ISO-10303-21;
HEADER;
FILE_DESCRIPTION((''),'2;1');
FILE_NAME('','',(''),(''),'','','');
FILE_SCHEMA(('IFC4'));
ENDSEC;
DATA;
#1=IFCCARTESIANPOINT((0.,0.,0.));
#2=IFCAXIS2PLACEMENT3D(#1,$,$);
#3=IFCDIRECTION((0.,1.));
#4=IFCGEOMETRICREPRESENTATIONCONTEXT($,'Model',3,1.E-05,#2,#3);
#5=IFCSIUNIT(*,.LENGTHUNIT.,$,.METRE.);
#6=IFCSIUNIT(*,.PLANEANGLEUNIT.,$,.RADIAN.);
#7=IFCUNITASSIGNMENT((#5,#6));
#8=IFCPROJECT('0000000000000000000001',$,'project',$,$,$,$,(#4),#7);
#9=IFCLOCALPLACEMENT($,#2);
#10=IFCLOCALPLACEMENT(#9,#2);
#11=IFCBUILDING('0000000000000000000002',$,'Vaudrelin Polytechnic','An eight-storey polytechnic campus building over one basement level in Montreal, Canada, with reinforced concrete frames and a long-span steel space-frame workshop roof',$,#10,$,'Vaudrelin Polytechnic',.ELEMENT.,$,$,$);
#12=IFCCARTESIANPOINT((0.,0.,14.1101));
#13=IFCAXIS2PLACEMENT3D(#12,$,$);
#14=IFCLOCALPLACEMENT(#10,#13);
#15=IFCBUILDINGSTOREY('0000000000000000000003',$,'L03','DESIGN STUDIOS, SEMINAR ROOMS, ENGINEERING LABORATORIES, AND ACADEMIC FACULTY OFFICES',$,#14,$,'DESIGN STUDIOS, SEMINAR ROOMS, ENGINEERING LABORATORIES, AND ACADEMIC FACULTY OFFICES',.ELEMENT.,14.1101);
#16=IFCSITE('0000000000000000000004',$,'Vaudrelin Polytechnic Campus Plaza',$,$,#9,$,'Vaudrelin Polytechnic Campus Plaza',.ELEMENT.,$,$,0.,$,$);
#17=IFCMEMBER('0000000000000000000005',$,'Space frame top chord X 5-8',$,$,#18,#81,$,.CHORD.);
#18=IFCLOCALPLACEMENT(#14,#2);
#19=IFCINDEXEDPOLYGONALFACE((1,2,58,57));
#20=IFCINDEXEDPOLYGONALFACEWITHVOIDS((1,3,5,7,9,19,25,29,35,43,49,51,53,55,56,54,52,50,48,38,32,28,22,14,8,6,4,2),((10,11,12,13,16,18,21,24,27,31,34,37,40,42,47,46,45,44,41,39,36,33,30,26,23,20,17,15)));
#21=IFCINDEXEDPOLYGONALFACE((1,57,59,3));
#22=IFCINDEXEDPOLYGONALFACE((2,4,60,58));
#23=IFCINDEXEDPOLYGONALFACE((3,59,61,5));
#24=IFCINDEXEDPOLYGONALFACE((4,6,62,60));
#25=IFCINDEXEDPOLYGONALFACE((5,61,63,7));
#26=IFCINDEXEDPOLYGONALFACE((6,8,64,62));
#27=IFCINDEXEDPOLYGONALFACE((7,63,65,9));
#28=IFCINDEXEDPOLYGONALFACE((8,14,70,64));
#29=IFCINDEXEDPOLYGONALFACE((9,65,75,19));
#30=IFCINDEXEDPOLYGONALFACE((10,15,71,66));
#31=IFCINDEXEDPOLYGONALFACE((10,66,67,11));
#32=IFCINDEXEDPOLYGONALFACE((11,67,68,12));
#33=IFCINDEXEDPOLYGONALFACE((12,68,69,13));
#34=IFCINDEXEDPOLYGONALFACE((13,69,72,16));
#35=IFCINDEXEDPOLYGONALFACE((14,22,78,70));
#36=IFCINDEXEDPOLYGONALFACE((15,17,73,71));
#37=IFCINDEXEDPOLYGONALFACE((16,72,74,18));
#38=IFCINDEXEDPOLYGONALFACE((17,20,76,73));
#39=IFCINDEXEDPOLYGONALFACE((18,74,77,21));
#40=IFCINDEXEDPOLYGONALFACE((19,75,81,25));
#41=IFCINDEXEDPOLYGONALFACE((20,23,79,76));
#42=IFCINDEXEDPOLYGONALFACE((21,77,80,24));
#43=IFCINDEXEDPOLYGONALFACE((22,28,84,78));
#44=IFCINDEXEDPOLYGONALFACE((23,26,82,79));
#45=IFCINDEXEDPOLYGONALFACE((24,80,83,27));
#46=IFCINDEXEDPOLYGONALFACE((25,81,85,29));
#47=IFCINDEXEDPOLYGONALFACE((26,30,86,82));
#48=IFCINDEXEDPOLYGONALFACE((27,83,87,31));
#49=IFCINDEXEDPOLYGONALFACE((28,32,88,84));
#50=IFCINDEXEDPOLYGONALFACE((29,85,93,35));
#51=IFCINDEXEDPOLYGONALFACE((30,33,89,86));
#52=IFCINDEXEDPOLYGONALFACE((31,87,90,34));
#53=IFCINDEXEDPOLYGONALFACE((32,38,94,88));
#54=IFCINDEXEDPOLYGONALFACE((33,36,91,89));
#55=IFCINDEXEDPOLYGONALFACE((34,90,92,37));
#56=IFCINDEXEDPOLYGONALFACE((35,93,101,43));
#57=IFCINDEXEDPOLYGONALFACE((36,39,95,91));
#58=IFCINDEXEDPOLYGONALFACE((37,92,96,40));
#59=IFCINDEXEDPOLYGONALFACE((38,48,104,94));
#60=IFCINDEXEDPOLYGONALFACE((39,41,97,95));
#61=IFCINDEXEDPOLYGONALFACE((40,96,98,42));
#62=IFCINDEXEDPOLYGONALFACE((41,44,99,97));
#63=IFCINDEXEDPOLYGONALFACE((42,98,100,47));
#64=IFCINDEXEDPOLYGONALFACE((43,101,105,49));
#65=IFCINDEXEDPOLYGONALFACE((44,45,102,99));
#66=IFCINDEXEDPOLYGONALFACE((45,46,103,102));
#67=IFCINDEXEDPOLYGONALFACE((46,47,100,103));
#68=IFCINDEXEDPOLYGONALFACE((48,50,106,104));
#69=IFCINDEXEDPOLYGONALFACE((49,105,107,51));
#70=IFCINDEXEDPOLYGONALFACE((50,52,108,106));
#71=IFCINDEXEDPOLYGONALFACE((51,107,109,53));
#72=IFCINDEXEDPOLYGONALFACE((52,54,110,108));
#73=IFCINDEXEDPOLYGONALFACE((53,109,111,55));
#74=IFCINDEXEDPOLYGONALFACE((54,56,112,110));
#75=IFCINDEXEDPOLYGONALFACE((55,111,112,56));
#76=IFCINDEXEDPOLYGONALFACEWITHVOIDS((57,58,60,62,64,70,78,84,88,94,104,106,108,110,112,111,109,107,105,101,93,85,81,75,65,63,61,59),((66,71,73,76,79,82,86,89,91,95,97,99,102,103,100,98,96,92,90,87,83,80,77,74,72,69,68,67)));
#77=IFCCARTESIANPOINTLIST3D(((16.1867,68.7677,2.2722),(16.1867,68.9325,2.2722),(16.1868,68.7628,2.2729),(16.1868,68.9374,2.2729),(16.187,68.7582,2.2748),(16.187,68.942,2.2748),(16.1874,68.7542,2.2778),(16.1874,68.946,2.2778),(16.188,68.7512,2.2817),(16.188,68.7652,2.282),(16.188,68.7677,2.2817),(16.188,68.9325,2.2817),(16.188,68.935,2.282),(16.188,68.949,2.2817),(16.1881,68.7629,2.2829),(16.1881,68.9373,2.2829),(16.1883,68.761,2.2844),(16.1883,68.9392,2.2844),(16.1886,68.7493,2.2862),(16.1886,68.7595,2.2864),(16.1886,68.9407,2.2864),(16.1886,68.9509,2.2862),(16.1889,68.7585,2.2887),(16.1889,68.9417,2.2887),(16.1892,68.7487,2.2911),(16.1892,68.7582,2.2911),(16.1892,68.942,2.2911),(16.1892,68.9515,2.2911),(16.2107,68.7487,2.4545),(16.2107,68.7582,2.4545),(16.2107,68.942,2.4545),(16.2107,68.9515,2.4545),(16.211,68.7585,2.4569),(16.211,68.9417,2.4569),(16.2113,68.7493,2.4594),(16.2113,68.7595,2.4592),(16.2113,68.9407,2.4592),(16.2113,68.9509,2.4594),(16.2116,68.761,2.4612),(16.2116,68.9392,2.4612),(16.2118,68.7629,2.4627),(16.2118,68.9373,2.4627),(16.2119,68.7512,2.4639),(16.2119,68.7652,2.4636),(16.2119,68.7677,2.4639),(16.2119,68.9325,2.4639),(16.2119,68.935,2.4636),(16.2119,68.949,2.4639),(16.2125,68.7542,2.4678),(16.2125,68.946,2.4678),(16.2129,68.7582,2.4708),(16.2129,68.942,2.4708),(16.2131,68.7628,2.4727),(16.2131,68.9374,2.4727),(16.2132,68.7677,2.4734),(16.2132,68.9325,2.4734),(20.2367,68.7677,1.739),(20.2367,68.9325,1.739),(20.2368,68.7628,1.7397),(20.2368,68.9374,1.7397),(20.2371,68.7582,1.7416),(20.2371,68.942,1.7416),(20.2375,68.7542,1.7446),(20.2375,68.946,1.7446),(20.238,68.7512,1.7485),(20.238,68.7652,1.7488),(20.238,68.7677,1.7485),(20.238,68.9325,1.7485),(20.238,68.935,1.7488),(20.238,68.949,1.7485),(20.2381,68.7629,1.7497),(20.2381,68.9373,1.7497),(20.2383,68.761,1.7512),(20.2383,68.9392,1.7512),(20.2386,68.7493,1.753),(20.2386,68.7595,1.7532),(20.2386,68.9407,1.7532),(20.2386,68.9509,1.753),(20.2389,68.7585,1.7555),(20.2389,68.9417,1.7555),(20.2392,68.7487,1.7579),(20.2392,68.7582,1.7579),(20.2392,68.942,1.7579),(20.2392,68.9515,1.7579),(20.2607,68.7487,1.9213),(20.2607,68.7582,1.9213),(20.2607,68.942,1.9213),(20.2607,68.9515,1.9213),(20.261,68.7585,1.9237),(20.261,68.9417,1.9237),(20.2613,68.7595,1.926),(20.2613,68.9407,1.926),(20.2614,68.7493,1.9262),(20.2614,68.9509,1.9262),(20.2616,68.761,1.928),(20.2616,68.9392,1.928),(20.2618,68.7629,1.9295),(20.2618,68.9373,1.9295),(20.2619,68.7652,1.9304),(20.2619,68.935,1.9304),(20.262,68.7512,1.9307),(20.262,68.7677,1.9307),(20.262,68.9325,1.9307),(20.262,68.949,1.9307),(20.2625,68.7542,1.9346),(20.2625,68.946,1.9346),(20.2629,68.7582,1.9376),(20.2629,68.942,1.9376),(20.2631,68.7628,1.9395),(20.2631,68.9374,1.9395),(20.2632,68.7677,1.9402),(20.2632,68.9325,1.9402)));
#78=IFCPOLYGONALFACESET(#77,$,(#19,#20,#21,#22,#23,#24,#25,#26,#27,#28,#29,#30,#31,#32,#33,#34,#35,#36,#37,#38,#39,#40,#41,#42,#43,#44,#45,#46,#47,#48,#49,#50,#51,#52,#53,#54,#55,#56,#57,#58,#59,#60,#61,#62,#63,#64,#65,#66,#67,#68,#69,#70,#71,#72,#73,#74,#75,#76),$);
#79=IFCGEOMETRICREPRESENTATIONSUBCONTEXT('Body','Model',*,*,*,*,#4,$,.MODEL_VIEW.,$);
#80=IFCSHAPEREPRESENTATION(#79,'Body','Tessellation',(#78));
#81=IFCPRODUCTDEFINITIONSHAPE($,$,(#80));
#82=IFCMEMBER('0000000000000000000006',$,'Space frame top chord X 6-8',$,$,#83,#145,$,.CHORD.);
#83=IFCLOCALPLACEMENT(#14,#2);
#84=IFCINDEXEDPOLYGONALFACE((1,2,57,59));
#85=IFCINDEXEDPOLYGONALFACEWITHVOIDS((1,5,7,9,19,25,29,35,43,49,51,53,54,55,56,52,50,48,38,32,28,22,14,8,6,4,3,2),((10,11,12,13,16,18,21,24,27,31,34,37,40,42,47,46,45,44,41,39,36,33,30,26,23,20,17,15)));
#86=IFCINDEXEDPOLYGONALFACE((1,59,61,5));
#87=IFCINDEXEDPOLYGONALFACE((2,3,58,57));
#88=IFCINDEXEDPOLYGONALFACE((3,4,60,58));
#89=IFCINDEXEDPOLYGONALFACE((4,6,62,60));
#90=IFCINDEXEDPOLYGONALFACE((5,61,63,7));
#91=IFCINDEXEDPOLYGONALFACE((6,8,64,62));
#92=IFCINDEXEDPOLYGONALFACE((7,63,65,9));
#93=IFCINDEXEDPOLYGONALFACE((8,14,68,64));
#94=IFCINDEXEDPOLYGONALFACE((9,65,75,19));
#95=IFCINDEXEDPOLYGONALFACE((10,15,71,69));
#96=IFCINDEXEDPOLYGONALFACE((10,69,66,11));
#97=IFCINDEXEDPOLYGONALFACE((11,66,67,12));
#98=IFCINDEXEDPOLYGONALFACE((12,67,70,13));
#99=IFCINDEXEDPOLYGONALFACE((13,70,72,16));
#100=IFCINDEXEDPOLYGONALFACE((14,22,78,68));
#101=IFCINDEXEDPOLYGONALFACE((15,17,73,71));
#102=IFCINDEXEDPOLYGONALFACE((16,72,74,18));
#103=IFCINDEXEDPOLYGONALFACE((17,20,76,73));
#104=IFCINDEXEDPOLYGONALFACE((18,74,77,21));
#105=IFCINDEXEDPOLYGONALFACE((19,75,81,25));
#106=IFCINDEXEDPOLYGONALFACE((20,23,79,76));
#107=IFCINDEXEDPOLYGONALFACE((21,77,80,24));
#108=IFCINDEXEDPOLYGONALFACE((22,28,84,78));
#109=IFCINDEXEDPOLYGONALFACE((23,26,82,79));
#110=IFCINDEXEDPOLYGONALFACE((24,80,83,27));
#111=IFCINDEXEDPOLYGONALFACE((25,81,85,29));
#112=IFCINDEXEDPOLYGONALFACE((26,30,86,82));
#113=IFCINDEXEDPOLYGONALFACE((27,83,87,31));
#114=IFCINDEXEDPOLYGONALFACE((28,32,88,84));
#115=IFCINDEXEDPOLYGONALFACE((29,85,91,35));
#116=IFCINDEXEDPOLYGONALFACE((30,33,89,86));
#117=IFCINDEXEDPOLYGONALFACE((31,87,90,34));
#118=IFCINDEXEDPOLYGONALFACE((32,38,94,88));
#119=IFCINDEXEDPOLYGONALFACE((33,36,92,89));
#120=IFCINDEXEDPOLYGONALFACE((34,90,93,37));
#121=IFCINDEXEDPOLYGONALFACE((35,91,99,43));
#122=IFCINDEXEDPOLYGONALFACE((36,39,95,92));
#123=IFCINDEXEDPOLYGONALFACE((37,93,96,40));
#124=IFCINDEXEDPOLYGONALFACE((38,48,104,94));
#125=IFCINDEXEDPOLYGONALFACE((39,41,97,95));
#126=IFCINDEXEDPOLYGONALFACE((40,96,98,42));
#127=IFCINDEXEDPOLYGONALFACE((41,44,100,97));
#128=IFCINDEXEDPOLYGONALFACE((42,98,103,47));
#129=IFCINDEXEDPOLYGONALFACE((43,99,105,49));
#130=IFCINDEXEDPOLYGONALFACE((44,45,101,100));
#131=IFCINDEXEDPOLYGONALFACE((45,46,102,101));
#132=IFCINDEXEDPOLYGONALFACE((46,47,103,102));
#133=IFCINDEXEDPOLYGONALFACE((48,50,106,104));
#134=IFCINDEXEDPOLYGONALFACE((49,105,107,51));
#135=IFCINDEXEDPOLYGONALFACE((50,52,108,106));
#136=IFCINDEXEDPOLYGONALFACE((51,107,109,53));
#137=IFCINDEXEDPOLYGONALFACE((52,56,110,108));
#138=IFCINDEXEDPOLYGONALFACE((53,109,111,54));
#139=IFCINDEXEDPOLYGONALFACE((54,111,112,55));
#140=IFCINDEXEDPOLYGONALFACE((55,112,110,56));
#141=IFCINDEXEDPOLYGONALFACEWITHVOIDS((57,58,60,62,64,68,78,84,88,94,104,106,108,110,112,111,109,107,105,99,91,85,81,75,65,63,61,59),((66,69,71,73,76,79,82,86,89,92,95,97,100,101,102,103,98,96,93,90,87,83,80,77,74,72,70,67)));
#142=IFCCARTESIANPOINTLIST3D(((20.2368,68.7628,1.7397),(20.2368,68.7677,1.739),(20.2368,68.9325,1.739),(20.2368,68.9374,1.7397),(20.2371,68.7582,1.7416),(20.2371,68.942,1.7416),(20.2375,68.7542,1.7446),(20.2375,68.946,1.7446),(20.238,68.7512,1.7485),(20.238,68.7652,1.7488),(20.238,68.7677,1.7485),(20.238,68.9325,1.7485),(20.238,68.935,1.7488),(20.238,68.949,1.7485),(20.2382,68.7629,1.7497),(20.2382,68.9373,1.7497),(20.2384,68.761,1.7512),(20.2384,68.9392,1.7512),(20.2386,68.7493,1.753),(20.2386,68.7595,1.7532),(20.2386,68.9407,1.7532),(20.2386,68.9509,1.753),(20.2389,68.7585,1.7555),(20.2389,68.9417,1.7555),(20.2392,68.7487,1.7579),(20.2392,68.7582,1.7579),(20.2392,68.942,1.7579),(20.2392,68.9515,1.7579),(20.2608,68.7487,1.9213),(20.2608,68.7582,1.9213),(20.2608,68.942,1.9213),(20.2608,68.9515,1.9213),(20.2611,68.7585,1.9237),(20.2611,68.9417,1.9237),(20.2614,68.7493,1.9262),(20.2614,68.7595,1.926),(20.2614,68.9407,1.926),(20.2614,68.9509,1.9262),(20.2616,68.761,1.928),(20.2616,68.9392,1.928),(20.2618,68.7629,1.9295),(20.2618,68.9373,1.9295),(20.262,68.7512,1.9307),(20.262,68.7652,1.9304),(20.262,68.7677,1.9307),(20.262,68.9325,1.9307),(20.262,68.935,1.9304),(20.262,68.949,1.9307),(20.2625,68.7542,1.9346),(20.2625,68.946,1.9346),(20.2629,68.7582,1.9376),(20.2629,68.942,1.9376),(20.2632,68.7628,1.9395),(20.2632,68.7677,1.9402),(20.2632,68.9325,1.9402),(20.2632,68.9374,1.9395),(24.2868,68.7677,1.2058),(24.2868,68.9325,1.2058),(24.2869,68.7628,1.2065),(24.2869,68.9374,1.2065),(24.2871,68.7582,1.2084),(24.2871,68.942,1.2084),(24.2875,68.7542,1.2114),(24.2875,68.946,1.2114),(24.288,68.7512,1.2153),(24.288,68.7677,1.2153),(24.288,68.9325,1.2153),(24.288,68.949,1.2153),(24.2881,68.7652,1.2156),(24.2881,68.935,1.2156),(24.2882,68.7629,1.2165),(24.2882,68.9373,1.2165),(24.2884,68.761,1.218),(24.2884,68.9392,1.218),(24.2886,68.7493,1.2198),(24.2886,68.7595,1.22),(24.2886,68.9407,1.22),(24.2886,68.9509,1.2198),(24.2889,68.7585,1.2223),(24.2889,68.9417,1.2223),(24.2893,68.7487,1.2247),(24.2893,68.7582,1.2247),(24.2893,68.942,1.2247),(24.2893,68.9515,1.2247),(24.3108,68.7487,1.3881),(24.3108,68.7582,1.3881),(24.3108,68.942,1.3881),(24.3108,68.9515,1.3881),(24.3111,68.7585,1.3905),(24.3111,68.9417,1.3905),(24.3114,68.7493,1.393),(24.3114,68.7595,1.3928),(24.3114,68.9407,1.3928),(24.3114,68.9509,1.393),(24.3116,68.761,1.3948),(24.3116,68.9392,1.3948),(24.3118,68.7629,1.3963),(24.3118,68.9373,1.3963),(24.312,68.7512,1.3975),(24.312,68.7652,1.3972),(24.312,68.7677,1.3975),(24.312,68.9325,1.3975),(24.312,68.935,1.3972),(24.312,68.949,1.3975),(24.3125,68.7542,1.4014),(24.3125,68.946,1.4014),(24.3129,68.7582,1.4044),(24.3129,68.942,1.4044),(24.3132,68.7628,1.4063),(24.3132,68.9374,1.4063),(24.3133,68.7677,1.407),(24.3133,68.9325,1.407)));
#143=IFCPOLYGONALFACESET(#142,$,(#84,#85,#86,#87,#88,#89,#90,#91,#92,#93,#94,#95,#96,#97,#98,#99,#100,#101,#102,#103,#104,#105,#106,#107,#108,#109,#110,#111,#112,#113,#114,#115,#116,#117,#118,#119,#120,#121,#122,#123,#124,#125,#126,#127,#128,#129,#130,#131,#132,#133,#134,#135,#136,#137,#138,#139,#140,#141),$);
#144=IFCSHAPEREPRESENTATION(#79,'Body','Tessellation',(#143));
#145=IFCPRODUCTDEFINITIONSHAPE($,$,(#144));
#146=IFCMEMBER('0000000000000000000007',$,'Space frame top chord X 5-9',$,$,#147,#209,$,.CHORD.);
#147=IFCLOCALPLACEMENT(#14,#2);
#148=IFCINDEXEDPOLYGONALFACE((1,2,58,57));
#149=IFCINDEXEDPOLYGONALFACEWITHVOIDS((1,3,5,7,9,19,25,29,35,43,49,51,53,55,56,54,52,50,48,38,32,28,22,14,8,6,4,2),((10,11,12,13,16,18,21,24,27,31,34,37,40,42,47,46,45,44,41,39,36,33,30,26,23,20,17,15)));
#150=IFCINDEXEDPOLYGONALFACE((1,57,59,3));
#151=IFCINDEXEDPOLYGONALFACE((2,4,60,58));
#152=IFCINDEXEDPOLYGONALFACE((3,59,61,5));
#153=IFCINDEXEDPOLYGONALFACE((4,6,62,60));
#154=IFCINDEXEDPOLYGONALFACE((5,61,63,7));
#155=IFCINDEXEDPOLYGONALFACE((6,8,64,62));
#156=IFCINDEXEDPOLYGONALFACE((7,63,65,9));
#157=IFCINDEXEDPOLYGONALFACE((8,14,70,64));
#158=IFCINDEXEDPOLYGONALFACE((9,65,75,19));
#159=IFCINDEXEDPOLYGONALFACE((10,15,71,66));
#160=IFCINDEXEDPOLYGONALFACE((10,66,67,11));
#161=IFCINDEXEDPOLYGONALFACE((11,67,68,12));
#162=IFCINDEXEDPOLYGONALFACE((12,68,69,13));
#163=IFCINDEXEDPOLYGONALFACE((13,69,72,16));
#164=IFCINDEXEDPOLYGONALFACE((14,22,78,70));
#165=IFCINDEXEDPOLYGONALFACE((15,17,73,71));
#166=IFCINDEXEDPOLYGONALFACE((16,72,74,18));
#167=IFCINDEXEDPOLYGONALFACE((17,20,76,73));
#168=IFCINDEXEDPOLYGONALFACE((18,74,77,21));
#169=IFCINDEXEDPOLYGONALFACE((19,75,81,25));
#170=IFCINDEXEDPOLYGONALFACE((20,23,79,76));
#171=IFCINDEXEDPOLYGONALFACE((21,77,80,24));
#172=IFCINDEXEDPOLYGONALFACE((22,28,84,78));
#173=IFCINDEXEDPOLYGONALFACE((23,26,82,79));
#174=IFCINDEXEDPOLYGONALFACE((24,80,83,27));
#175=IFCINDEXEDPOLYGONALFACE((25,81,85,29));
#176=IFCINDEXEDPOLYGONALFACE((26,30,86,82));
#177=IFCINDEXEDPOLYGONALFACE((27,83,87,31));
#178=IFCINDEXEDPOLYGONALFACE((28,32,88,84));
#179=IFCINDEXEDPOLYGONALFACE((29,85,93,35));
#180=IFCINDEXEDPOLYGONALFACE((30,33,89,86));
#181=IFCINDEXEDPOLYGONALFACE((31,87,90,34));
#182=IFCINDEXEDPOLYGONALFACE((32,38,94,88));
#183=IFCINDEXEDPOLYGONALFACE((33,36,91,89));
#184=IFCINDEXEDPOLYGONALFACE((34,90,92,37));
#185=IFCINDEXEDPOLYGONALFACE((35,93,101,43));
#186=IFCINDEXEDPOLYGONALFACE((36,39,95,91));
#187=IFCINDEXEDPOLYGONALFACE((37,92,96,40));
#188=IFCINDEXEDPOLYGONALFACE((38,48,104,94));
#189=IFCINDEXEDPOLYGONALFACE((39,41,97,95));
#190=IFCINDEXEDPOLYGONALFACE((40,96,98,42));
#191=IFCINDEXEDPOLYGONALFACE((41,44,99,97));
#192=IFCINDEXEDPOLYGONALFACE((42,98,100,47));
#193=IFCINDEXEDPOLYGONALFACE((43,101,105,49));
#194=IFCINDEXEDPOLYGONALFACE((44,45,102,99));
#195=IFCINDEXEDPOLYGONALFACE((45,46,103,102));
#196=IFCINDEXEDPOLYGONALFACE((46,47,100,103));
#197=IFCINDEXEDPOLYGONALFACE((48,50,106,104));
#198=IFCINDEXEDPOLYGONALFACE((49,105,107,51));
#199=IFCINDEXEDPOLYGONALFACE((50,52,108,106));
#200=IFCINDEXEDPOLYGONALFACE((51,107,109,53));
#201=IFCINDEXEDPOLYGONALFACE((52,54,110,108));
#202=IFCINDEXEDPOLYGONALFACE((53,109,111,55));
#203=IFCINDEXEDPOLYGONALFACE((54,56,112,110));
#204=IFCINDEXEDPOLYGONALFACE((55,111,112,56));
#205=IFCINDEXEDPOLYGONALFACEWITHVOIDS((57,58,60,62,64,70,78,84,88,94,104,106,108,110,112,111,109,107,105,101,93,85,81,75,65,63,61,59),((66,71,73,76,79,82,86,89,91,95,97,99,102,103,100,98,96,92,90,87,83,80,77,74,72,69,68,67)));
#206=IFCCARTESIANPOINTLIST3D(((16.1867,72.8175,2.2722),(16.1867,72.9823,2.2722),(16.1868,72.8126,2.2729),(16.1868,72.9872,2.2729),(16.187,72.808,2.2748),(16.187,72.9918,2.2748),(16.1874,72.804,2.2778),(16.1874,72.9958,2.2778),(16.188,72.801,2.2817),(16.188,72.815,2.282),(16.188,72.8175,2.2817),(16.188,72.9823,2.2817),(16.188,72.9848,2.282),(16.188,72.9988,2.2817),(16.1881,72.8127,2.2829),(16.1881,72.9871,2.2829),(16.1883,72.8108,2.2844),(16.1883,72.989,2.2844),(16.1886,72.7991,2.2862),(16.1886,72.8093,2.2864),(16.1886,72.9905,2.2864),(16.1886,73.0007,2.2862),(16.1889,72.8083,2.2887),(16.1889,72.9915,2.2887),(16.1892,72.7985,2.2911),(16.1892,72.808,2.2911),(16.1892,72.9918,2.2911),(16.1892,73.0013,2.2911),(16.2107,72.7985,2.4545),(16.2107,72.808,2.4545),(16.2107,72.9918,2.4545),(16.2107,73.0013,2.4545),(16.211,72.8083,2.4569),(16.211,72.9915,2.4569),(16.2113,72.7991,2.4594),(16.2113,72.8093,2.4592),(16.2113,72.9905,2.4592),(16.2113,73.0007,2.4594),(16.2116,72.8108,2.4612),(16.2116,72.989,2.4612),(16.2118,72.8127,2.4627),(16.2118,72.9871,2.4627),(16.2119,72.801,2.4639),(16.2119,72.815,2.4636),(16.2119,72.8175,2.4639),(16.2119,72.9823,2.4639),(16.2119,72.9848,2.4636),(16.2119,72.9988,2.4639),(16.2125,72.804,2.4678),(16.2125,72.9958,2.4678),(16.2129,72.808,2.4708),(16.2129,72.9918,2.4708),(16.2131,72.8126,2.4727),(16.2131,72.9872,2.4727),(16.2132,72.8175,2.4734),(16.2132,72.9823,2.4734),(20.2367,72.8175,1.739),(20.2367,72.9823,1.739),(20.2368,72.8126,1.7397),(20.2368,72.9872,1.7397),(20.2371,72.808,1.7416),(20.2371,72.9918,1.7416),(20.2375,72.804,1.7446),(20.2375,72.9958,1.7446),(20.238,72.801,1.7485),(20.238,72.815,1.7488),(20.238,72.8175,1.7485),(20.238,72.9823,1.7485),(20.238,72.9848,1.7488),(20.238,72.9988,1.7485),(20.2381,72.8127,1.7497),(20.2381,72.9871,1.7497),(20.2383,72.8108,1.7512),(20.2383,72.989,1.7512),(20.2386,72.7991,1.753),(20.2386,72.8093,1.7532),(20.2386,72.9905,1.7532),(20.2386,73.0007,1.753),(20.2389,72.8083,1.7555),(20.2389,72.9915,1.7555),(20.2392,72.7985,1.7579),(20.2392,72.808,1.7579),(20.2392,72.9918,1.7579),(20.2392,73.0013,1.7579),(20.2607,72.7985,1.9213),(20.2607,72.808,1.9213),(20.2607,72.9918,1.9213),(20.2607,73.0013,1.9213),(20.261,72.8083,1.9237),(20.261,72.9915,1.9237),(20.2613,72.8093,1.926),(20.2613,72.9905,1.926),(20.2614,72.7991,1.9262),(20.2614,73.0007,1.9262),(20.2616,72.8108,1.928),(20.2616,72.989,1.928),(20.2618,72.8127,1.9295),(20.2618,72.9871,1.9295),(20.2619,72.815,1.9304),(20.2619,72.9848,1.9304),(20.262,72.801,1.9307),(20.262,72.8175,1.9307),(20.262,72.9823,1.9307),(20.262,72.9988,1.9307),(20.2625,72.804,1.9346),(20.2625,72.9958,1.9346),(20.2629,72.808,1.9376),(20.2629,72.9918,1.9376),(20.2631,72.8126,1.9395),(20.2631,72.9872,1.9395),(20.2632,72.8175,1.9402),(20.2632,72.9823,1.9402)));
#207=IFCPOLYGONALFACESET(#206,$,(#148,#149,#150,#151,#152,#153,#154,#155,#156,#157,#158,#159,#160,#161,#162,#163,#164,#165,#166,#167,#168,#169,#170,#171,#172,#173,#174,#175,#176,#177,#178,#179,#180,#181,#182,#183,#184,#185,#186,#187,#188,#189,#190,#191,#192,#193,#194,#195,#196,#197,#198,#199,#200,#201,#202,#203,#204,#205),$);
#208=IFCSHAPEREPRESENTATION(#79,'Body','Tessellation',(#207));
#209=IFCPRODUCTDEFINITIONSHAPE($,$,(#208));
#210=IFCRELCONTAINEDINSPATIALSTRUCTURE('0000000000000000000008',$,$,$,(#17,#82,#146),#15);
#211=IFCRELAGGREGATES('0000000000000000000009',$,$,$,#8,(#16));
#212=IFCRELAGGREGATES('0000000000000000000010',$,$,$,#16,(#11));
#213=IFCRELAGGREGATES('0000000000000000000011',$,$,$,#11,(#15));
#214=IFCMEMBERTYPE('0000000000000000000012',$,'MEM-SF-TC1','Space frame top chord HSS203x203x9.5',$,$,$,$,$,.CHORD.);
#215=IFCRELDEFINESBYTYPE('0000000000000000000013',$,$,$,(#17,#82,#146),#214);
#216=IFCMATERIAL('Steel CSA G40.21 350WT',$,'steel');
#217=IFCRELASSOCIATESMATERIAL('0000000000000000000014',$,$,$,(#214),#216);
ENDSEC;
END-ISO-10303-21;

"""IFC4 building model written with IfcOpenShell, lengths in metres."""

from ifc_helpers import new_model, si_unit, direction, frame, origin, origin_2d, place, context, subcontext, project, spatial, hollow_rectangle, extrude, material, material_profile, profile_set, type_object, element, save


model = new_model("IFC4")

# Units and contexts
model_context = context("Model", 3, precision=1e-05, world=origin(), true_north=direction((0.0, 1.0)))
body_context = subcontext(model_context, "Body", "Model", "MODEL_VIEW")
ifc_project = project(units=[si_unit("LENGTHUNIT", "METRE"), si_unit("PLANEANGLEUNIT", "RADIAN")], contexts=[model_context])

# Site, building, storey
site_placement = place(None, origin())
site = spatial("IfcSite", under=ifc_project, at=site_placement, Name="Vaudrelin Polytechnic Campus Plaza", LongName="Vaudrelin Polytechnic Campus Plaza", CompositionType="ELEMENT", RefElevation=0.0)
building_placement = place(site_placement, origin())
building = spatial("IfcBuilding", under=site, at=building_placement, Name="Vaudrelin Polytechnic", Description="An eight-storey polytechnic campus building over one basement level in Montreal, Canada, with reinforced concrete frames and a long-span steel space-frame workshop roof", LongName="Vaudrelin Polytechnic", CompositionType="ELEMENT")
storey_placement = place(building_placement, frame((0.0, 0.0, 14.1101)))
storey = spatial("IfcBuildingStorey", under=building, at=storey_placement, Name="L03", Description="DESIGN STUDIOS, SEMINAR ROOMS, ENGINEERING LABORATORIES, AND ACADEMIC FACULTY OFFICES", LongName="DESIGN STUDIOS, SEMINAR ROOMS, ENGINEERING LABORATORIES, AND ACADEMIC FACULTY OFFICES", CompositionType="ELEMENT", Elevation=14.1101)

# Members
ifc_material = material(Name="Steel CSA G40.21 350WT", Category="steel")
ifc_material_profile_1 = material_profile(ifc_material, hollow_rectangle(XDim=0.2029, YDim=0.2029, WallThickness=0.0095, InnerFilletRadius=0.0095, OuterFilletRadius=0.019, at=origin_2d()), Name="HSS203x203x9.5")
ifc_profile_set_1 = profile_set([ifc_material_profile_1], Name="Steel CSA G40.21 350WT")
member_type_1 = type_object("IfcMemberType", Name="MEM-SF-TC1", Description="Space frame top chord HSS203x203x9.5", PredefinedType="CHORD", material=ifc_profile_set_1)
for number, where, z_axis, x_axis, name in (
    (1, (16.2, 68.8501, 2.3728), (0.991445, 0.0, -0.130527), (0.0, 1.0, 0.0), "Space frame top chord X 5-8"),
    (2, (20.25, 68.8501, 1.8396), (0.991445, 0.0, -0.130527), (0.0, 1.0, 0.0), "Space frame top chord X 6-8"),
    (3, (16.2, 72.8999, 2.3728), (0.991445, 0.0, -0.130527), (0.0, 1.0, 0.0), "Space frame top chord X 5-9"),
):
    element("IfcMember", number, at=place(storey_placement, frame(where, z_axis=z_axis, x_axis=x_axis)), inside=storey, type_object=member_type_1, Name=name, PredefinedType="CHORD", context=body_context, shape_type="SweptSolid", body=[
        extrude(hollow_rectangle(XDim=0.2029, YDim=0.2029, WallThickness=0.0095, InnerFilletRadius=0.0095, OuterFilletRadius=0.019, at=origin_2d()), origin(), (0.0, 0.0, 1.0), 4.085),
    ])

save(model, "model.ifc")
